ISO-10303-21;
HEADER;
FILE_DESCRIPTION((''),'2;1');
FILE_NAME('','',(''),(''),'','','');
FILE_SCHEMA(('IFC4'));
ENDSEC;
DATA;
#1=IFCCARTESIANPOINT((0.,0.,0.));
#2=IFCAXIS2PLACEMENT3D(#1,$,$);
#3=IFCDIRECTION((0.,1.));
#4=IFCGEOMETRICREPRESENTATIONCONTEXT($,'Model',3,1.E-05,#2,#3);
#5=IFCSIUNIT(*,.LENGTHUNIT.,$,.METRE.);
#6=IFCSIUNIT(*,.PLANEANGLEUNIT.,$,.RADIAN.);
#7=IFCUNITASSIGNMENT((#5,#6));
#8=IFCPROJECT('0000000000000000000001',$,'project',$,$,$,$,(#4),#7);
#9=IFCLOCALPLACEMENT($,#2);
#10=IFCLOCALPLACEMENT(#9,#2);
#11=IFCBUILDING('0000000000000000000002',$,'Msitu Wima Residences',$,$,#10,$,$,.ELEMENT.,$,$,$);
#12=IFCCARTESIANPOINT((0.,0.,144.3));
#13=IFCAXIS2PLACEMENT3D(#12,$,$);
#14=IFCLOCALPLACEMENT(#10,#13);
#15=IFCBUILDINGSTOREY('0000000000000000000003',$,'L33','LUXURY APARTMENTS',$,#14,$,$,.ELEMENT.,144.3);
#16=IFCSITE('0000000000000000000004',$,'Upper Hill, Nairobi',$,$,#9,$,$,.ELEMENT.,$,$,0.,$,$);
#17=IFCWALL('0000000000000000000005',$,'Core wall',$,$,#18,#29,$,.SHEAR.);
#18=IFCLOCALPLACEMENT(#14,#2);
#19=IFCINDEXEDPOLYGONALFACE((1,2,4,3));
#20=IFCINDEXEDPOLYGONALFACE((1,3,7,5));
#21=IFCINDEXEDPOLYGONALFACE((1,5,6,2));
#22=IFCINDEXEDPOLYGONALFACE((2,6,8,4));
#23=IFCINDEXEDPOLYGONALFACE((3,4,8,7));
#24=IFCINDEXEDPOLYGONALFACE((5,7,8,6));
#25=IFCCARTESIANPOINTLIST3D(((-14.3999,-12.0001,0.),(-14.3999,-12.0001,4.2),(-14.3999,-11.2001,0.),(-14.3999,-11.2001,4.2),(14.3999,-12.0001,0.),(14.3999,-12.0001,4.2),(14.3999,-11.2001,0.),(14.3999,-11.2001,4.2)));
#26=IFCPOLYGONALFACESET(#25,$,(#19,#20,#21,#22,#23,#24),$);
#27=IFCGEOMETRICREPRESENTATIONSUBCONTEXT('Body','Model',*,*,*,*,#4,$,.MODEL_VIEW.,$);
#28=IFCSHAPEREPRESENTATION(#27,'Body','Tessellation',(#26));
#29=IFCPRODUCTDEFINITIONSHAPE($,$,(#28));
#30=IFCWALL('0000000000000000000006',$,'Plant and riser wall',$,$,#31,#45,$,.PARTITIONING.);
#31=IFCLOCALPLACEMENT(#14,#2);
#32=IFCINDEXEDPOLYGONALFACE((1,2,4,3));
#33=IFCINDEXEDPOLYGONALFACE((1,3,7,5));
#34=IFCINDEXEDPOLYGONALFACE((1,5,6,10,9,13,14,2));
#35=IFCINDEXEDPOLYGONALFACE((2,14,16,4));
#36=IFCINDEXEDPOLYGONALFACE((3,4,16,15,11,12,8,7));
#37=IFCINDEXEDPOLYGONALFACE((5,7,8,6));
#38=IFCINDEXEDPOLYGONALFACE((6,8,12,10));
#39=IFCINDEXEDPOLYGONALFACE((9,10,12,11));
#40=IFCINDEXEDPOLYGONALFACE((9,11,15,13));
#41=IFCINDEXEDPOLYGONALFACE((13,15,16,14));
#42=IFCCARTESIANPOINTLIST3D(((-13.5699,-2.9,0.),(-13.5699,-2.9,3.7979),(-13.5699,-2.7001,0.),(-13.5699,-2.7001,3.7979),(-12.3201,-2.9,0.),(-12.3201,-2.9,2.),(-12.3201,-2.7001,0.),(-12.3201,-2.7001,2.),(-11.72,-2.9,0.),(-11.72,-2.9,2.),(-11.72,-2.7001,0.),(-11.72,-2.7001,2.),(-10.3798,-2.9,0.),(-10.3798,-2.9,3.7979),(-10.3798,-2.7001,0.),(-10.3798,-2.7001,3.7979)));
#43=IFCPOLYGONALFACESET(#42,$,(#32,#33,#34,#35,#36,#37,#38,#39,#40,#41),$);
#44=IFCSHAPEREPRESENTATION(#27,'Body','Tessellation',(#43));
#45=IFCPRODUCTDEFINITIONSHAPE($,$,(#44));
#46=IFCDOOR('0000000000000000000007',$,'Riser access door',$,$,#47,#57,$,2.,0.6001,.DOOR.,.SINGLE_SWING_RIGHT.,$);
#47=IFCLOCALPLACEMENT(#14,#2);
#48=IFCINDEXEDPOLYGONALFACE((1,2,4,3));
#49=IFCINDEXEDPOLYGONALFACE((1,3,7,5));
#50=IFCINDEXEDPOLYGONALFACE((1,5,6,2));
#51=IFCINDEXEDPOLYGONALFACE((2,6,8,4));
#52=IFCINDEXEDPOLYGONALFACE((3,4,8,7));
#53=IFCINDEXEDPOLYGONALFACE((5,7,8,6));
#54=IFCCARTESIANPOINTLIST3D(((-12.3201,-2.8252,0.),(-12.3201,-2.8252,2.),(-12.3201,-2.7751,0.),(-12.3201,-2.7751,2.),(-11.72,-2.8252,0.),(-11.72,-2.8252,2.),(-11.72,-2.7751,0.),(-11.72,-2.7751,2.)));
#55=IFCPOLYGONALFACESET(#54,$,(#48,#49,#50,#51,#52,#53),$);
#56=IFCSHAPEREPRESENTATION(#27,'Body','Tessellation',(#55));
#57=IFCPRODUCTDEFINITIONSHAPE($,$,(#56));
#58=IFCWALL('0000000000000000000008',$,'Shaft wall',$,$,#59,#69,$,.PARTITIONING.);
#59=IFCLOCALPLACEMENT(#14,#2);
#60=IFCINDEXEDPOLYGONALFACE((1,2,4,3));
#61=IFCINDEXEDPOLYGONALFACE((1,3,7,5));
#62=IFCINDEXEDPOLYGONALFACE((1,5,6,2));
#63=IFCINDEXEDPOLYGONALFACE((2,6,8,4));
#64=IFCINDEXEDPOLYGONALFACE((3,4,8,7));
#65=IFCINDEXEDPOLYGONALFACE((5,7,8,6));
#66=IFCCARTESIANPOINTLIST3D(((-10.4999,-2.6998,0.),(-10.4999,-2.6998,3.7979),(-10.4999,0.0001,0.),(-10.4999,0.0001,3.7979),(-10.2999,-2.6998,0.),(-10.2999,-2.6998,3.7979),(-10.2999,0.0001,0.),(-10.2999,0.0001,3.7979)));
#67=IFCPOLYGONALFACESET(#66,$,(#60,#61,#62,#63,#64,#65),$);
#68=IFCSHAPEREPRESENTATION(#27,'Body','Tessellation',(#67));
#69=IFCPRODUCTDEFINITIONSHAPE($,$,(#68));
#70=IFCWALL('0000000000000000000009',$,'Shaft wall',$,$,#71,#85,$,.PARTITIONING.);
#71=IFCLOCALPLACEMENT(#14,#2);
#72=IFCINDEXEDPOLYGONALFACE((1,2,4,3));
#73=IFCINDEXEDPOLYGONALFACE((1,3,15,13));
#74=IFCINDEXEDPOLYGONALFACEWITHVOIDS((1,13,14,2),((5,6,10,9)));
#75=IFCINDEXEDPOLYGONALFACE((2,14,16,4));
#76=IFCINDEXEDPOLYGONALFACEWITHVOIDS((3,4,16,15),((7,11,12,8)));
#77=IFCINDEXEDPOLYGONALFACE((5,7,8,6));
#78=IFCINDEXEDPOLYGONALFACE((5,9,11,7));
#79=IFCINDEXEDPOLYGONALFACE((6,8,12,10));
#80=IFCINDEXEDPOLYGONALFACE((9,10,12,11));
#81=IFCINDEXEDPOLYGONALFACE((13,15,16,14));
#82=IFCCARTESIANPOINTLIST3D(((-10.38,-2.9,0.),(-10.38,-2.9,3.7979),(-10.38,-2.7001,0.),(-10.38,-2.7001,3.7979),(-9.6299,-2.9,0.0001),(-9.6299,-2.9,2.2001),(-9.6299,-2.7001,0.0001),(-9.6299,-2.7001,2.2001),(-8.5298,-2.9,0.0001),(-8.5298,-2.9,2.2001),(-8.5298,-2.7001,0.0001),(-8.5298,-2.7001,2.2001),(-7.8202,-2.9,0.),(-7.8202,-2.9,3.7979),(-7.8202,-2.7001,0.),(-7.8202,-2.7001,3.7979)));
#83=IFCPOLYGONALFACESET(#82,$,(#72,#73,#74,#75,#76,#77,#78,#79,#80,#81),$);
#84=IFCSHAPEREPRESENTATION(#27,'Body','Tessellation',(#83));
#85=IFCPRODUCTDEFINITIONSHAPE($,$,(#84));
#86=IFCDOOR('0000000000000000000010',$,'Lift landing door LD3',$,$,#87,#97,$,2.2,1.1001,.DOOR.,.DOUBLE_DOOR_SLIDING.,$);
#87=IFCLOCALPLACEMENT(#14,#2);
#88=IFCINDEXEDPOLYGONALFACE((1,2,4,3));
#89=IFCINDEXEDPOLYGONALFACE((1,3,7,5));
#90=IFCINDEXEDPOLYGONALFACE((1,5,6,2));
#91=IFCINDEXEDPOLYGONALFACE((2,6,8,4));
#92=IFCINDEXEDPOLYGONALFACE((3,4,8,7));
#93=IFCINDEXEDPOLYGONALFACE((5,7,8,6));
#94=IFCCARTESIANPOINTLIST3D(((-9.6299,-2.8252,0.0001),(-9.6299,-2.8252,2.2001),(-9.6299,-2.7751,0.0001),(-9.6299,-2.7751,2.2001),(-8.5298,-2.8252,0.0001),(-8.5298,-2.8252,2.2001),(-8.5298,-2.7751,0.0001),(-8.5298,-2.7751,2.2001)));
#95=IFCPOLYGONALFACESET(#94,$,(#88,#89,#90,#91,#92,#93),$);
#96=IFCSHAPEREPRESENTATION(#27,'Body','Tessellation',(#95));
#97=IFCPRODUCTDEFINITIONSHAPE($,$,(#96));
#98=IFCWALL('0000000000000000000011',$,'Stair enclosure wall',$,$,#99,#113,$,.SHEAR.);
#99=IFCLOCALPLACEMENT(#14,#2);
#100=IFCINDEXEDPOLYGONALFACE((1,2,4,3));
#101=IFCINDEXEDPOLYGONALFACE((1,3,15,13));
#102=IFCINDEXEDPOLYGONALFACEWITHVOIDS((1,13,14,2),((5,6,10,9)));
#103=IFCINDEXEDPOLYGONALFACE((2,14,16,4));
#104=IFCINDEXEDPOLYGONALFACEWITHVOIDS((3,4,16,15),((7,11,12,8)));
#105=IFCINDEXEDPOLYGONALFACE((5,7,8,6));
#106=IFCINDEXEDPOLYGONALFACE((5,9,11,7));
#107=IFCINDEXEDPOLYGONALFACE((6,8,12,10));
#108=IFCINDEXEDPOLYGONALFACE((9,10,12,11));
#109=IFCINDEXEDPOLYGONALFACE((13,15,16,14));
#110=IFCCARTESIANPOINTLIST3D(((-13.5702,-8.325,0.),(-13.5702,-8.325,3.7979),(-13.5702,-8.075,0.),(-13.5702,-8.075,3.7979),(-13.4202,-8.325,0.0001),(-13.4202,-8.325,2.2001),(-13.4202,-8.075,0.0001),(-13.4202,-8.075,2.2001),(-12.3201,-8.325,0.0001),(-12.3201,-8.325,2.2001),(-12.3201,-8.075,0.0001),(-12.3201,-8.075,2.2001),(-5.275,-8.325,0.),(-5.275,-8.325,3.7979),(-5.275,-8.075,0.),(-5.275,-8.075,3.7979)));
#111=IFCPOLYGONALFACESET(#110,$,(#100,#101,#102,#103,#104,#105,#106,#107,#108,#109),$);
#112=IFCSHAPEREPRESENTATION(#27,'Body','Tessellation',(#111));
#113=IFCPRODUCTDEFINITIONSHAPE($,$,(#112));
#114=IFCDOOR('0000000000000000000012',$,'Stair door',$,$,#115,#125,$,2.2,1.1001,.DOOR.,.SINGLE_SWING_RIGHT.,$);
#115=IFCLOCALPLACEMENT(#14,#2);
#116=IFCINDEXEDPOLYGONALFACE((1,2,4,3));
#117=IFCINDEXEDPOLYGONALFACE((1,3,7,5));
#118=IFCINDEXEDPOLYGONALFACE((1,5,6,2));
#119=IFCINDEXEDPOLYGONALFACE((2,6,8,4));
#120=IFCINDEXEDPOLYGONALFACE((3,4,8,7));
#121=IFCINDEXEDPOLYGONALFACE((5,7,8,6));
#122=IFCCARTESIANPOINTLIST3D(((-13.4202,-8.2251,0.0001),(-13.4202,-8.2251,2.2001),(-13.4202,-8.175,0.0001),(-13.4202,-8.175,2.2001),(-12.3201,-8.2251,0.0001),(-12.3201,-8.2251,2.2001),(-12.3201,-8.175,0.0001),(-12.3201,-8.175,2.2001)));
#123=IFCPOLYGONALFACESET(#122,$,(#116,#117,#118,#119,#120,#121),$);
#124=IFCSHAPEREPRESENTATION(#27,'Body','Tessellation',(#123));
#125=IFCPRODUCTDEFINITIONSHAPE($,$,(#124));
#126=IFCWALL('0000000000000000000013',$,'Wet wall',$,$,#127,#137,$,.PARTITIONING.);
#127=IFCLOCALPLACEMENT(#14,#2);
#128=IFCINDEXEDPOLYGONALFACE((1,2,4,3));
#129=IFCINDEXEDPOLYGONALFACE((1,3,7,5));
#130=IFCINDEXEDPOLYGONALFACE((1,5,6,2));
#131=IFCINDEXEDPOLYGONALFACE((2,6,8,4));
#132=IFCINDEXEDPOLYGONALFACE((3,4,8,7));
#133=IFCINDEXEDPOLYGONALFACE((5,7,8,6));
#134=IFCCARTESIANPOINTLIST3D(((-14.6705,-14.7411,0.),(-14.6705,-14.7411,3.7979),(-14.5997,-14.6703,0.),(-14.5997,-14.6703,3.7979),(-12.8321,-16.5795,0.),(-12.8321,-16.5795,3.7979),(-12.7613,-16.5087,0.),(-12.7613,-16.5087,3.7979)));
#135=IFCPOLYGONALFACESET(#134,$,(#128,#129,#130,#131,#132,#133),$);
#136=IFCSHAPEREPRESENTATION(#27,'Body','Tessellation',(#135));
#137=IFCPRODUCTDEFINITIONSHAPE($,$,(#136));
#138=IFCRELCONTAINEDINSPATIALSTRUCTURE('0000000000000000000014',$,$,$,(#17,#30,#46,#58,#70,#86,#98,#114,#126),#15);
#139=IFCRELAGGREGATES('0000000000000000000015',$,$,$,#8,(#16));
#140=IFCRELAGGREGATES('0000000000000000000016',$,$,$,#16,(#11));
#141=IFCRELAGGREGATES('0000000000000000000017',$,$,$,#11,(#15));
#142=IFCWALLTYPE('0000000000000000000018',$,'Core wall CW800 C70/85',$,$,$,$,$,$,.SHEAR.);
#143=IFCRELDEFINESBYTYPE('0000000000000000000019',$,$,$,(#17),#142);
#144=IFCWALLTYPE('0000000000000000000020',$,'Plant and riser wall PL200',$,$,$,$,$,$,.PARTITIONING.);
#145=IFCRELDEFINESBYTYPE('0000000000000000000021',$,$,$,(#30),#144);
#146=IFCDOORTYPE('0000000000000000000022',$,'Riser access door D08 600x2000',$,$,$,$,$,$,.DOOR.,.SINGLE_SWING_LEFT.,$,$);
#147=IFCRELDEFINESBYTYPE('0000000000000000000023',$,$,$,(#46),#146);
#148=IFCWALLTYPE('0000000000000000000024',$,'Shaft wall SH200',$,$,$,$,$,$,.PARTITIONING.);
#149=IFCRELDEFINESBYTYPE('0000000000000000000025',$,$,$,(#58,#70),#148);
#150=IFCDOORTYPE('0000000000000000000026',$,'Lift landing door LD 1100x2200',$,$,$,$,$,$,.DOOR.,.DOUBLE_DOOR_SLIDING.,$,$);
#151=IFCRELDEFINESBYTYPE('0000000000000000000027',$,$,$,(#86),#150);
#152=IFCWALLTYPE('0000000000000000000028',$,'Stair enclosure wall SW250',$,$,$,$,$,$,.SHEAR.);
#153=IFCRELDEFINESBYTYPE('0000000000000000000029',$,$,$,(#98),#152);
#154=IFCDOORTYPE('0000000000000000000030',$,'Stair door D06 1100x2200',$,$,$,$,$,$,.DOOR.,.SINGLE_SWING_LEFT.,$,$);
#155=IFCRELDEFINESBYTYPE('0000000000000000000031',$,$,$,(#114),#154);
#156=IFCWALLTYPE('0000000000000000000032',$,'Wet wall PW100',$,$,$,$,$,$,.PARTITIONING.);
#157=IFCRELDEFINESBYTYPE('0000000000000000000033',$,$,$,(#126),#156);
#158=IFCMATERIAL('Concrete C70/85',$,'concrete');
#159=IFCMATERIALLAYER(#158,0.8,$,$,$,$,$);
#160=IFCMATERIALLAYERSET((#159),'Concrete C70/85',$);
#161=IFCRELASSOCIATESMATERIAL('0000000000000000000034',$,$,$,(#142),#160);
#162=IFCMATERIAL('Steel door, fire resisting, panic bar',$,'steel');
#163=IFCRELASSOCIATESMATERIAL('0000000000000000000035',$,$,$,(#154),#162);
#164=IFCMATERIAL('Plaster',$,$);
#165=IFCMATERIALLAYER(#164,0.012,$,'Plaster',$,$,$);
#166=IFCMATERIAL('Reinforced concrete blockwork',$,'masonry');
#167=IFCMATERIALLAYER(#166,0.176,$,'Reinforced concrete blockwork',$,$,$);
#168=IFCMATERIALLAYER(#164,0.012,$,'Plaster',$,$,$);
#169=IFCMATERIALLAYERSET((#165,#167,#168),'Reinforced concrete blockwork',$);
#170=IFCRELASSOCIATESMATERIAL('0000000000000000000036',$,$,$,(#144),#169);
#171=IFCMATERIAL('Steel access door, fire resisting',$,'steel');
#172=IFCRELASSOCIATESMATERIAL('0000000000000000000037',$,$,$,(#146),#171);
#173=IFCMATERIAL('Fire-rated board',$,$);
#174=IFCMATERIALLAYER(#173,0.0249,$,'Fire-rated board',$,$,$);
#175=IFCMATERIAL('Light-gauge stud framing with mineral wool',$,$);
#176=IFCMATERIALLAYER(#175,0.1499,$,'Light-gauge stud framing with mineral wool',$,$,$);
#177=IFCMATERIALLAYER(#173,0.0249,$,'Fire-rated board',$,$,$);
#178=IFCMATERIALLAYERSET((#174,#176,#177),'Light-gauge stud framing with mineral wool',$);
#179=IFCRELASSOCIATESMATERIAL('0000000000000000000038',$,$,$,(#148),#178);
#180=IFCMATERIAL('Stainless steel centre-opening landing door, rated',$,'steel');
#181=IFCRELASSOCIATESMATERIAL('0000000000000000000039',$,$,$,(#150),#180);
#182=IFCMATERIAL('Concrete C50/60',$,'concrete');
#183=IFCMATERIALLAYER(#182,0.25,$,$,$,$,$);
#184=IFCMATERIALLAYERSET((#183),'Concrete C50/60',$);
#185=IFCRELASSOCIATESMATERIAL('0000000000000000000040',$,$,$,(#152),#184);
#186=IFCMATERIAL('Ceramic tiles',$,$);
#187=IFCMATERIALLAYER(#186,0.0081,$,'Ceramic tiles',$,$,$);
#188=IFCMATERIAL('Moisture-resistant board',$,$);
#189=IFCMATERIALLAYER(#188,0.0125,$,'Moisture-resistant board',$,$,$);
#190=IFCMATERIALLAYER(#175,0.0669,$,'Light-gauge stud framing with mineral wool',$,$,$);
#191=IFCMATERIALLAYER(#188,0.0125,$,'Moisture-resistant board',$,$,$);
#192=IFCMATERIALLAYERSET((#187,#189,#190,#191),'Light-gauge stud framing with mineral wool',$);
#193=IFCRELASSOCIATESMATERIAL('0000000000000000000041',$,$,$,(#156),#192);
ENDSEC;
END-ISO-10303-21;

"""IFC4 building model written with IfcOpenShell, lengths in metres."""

from ifc_helpers import new_model, si_unit, direction, frame, frame_2d, origin, place, context, subcontext, project, spatial, rectangle, extrude, material, layer, layer_set, type_object, element, fill, save


model = new_model("IFC4")

# Units and contexts
model_context = context("Model", 3, precision=1e-05, world=origin(), true_north=direction((0.0, 1.0)))
body_context = subcontext(model_context, "Body", "Model", "MODEL_VIEW")
ifc_project = project(units=[si_unit("LENGTHUNIT", "METRE"), si_unit("PLANEANGLEUNIT", "RADIAN")], contexts=[model_context])

# Site, building, storey
site_placement = place(None, origin())
site = spatial("IfcSite", under=ifc_project, at=site_placement, Name="Upper Hill, Nairobi", CompositionType="ELEMENT", RefElevation=0.0)
building_placement = place(site_placement, origin())
building = spatial("IfcBuilding", under=site, at=building_placement, Name="Msitu Wima Residences", CompositionType="ELEMENT")
storey_placement = place(building_placement, frame((0.0, 0.0, 144.3)))
storey = spatial("IfcBuildingStorey", under=building, at=storey_placement, Name="L33", Description="LUXURY APARTMENTS", CompositionType="ELEMENT", Elevation=144.3)

# Wall
ifc_material_1 = material(Name="Concrete C70/85", Category="concrete")
ifc_layer_1 = layer(ifc_material_1, 0.8)
ifc_layer_set_1 = layer_set([ifc_layer_1], Name="Concrete C70/85")
wall_type_1 = type_object("IfcWallType", Name="Core wall CW800 C70/85", PredefinedType="SHEAR", material=ifc_layer_set_1)
wall_1_placement = place(storey_placement, frame((-14.3999, -11.6001, 0.0), z_axis=(0.0, 0.0, 1.0), x_axis=(1.0, 0.0, 0.0)))
element("IfcWall", 1, at=wall_1_placement, inside=storey, type_object=wall_type_1, Name="Core wall", PredefinedType="SHEAR", context=body_context, shape_type="SweptSolid", body=[
    extrude(rectangle(XDim=28.7998, YDim=0.8, at=frame_2d((14.3999, 0.0))), origin(), (0.0, 0.0, 1.0), 4.2),
])

# Shared definitions
ifc_material_2 = material(Name="Steel door, fire resisting, panic bar", Category="steel")
door_type_1 = type_object("IfcDoorType", Name="Stair door D06 1100x2200", OperationType="SINGLE_SWING_LEFT", PredefinedType="DOOR", material=ifc_material_2)

# Wall, opening, door
ifc_material_3 = material(Name="Plaster")
ifc_layer_2 = layer(ifc_material_3, 0.012, Name="Plaster")
ifc_material_4 = material(Name="Reinforced concrete blockwork", Category="masonry")
ifc_layer_3 = layer(ifc_material_4, 0.176, Name="Reinforced concrete blockwork")
ifc_layer_4 = layer(ifc_material_3, 0.012, Name="Plaster")
ifc_layer_set_2 = layer_set([ifc_layer_2, ifc_layer_3, ifc_layer_4], Name="Reinforced concrete blockwork")
wall_type_2 = type_object("IfcWallType", Name="Plant and riser wall PL200", PredefinedType="PARTITIONING", material=ifc_layer_set_2)
wall_2_placement = place(storey_placement, frame((-13.5701, -2.8, 0.0), z_axis=(0.0, 0.0, 1.0), x_axis=(1.0, 0.0, 0.0)))
wall_2 = element("IfcWall", 2, at=wall_2_placement, inside=storey, type_object=wall_type_2, Name="Plant and riser wall", PredefinedType="PARTITIONING", context=body_context, shape_type="SweptSolid", body=[
    extrude(rectangle(XDim=3.1902, YDim=0.2, at=frame_2d((1.5952, 0.0))), origin(), (0.0, 0.0, 1.0), 3.7979),
])
opening_1_placement = place(wall_2_placement, frame((1.25, 0.0, 0.0)))
opening_1 = element("IfcOpeningElement", 3, at=opening_1_placement, cuts=wall_2, PredefinedType="OPENING", context=body_context, shape_type="SweptSolid", body=[
    extrude(rectangle(XDim=0.6001, YDim=2.0, at=frame_2d((0.3, 1.0))), frame((0.0, 0.1099, 0.0), z_axis=(0.0, -1.0, 0.0), x_axis=(1.0, 0.0, 0.0)), (0.0, 0.0, 1.0), 0.22),
])
ifc_material_5 = material(Name="Steel access door, fire resisting", Category="steel")
door_type_2 = type_object("IfcDoorType", Name="Riser access door D08 600x2000", OperationType="SINGLE_SWING_LEFT", PredefinedType="DOOR", material=ifc_material_5)
door_1_placement = place(opening_1_placement, origin())
door_1 = element("IfcDoor", 4, at=door_1_placement, inside=storey, type_object=door_type_2, Name="Riser access door", OperationType="SINGLE_SWING_RIGHT", OverallHeight=2.0, OverallWidth=0.6001, PredefinedType="DOOR", context=body_context, shape_type="SweptSolid", body=[
    extrude(rectangle(XDim=0.6001, YDim=2.0, at=frame_2d((0.3, 1.0))), frame((0.0, 0.0249, 0.0), z_axis=(0.0, -1.0, 0.0), x_axis=(1.0, 0.0, 0.0)), (0.0, 0.0, 1.0), 0.05),
])
fill(opening_1, door_1)

# Wall
ifc_material_6 = material(Name="Fire-rated board")
ifc_layer_5 = layer(ifc_material_6, 0.0249, Name="Fire-rated board")
ifc_material_7 = material(Name="Light-gauge stud framing with mineral wool")
ifc_layer_6 = layer(ifc_material_7, 0.1499, Name="Light-gauge stud framing with mineral wool")
ifc_layer_7 = layer(ifc_material_6, 0.0249, Name="Fire-rated board")
ifc_layer_set_3 = layer_set([ifc_layer_5, ifc_layer_6, ifc_layer_7], Name="Light-gauge stud framing with mineral wool")
wall_type_3 = type_object("IfcWallType", Name="Shaft wall SH200", PredefinedType="PARTITIONING", material=ifc_layer_set_3)
wall_3_placement = place(storey_placement, frame((-10.3999, -2.7, 0.0), z_axis=(0.0, 0.0, 1.0), x_axis=(0.0, 1.0, 0.0)))
element("IfcWall", 5, at=wall_3_placement, inside=storey, type_object=wall_type_3, Name="Shaft wall", PredefinedType="PARTITIONING", context=body_context, shape_type="SweptSolid", body=[
    extrude(rectangle(XDim=2.7, YDim=0.2, at=frame_2d((1.3501, 0.0))), origin(), (0.0, 0.0, 1.0), 3.7979),
])

# Walls, openings, doors
wall_4_placement = place(storey_placement, frame((-10.3799, -2.8, 0.0), z_axis=(0.0, 0.0, 1.0), x_axis=(1.0, 0.0, 0.0)))
wall_4 = element("IfcWall", 6, at=wall_4_placement, inside=storey, type_object=wall_type_3, Name="Shaft wall", PredefinedType="PARTITIONING", context=body_context, shape_type="SweptSolid", body=[
    extrude(rectangle(XDim=2.5598, YDim=0.2, at=frame_2d((1.2798, 0.0))), origin(), (0.0, 0.0, 1.0), 3.7979),
])
opening_2_placement = place(wall_4_placement, frame((0.75, 0.0, 0.0)))
opening_2 = element("IfcOpeningElement", 7, at=opening_2_placement, cuts=wall_4, PredefinedType="OPENING", context=body_context, shape_type="SweptSolid", body=[
    extrude(rectangle(XDim=1.1001, YDim=2.2, at=frame_2d((0.55, 1.1001))), frame((0.0, 0.1099, 0.0), z_axis=(0.0, -1.0, 0.0), x_axis=(1.0, 0.0, 0.0)), (0.0, 0.0, 1.0), 0.22),
])
ifc_material_8 = material(Name="Stainless steel centre-opening landing door, rated", Category="steel")
door_type_3 = type_object("IfcDoorType", Name="Lift landing door LD 1100x2200", OperationType="DOUBLE_DOOR_SLIDING", PredefinedType="DOOR", material=ifc_material_8)
door_2_placement = place(opening_2_placement, origin())
door_2 = element("IfcDoor", 8, at=door_2_placement, inside=storey, type_object=door_type_3, Name="Lift landing door LD3", OperationType="DOUBLE_DOOR_SLIDING", OverallHeight=2.2, OverallWidth=1.1001, PredefinedType="DOOR", context=body_context, shape_type="SweptSolid", body=[
    extrude(rectangle(XDim=1.1001, YDim=2.2, at=frame_2d((0.55, 1.1001))), frame((0.0, 0.0249, 0.0), z_axis=(0.0, -1.0, 0.0), x_axis=(1.0, 0.0, 0.0)), (0.0, 0.0, 1.0), 0.05),
])
fill(opening_2, door_2)
ifc_material_9 = material(Name="Concrete C50/60", Category="concrete")
ifc_layer_8 = layer(ifc_material_9, 0.25)
ifc_layer_set_4 = layer_set([ifc_layer_8], Name="Concrete C50/60")
wall_type_4 = type_object("IfcWallType", Name="Stair enclosure wall SW250", PredefinedType="SHEAR", material=ifc_layer_set_4)
wall_5_placement = place(storey_placement, frame((-13.5701, -8.2, 0.0), z_axis=(0.0, 0.0, 1.0), x_axis=(1.0, 0.0, 0.0)))
wall_5 = element("IfcWall", 9, at=wall_5_placement, inside=storey, type_object=wall_type_4, Name="Stair enclosure wall", PredefinedType="SHEAR", context=body_context, shape_type="SweptSolid", body=[
    extrude(rectangle(XDim=8.2952, YDim=0.25, at=frame_2d((4.1475, 0.0))), origin(), (0.0, 0.0, 1.0), 3.7979),
])
opening_3_placement = place(wall_5_placement, frame((0.1499, 0.0, 0.0)))
opening_3 = element("IfcOpeningElement", 10, at=opening_3_placement, cuts=wall_5, PredefinedType="OPENING", context=body_context, shape_type="SweptSolid", body=[
    extrude(rectangle(XDim=1.1001, YDim=2.2, at=frame_2d((0.55, 1.1001))), frame((0.0, 0.135, 0.0), z_axis=(0.0, -1.0, 0.0), x_axis=(1.0, 0.0, 0.0)), (0.0, 0.0, 1.0), 0.27),
])
door_3_placement = place(opening_3_placement, origin())
door_3 = element("IfcDoor", 11, at=door_3_placement, inside=storey, type_object=door_type_1, Name="Stair door", OperationType="SINGLE_SWING_RIGHT", OverallHeight=2.2, OverallWidth=1.1001, PredefinedType="DOOR", context=body_context, shape_type="SweptSolid", body=[
    extrude(rectangle(XDim=1.1001, YDim=2.2, at=frame_2d((0.55, 1.1001))), frame((0.0, 0.0249, 0.0), z_axis=(0.0, -1.0, 0.0), x_axis=(1.0, 0.0, 0.0)), (0.0, 0.0, 1.0), 0.05),
])
fill(opening_3, door_3)

# Wall
ifc_material_10 = material(Name="Ceramic tiles")
ifc_layer_9 = layer(ifc_material_10, 0.0081, Name="Ceramic tiles")
ifc_material_11 = material(Name="Moisture-resistant board")
ifc_layer_10 = layer(ifc_material_11, 0.0125, Name="Moisture-resistant board")
ifc_layer_11 = layer(ifc_material_7, 0.0669, Name="Light-gauge stud framing with mineral wool")
ifc_layer_12 = layer(ifc_material_11, 0.0125, Name="Moisture-resistant board")
ifc_layer_set_5 = layer_set([ifc_layer_9, ifc_layer_10, ifc_layer_11, ifc_layer_12], Name="Light-gauge stud framing with mineral wool")
wall_type_5 = type_object("IfcWallType", Name="Wet wall PW100", PredefinedType="PARTITIONING", material=ifc_layer_set_5)
wall_6_placement = place(storey_placement, frame((-14.635, -14.7058, 0.0), z_axis=(0.0, 0.0, 1.0), x_axis=(0.707107, -0.707107, 0.0)))
element("IfcWall", 12, at=wall_6_placement, inside=storey, type_object=wall_type_5, Name="Wet wall", PredefinedType="PARTITIONING", context=body_context, shape_type="SweptSolid", body=[
    extrude(rectangle(XDim=2.5999, YDim=0.1001, at=frame_2d((1.2998, 0.0))), origin(), (0.0, 0.0, 1.0), 3.7979),
])

save(model, "model.ifc")
